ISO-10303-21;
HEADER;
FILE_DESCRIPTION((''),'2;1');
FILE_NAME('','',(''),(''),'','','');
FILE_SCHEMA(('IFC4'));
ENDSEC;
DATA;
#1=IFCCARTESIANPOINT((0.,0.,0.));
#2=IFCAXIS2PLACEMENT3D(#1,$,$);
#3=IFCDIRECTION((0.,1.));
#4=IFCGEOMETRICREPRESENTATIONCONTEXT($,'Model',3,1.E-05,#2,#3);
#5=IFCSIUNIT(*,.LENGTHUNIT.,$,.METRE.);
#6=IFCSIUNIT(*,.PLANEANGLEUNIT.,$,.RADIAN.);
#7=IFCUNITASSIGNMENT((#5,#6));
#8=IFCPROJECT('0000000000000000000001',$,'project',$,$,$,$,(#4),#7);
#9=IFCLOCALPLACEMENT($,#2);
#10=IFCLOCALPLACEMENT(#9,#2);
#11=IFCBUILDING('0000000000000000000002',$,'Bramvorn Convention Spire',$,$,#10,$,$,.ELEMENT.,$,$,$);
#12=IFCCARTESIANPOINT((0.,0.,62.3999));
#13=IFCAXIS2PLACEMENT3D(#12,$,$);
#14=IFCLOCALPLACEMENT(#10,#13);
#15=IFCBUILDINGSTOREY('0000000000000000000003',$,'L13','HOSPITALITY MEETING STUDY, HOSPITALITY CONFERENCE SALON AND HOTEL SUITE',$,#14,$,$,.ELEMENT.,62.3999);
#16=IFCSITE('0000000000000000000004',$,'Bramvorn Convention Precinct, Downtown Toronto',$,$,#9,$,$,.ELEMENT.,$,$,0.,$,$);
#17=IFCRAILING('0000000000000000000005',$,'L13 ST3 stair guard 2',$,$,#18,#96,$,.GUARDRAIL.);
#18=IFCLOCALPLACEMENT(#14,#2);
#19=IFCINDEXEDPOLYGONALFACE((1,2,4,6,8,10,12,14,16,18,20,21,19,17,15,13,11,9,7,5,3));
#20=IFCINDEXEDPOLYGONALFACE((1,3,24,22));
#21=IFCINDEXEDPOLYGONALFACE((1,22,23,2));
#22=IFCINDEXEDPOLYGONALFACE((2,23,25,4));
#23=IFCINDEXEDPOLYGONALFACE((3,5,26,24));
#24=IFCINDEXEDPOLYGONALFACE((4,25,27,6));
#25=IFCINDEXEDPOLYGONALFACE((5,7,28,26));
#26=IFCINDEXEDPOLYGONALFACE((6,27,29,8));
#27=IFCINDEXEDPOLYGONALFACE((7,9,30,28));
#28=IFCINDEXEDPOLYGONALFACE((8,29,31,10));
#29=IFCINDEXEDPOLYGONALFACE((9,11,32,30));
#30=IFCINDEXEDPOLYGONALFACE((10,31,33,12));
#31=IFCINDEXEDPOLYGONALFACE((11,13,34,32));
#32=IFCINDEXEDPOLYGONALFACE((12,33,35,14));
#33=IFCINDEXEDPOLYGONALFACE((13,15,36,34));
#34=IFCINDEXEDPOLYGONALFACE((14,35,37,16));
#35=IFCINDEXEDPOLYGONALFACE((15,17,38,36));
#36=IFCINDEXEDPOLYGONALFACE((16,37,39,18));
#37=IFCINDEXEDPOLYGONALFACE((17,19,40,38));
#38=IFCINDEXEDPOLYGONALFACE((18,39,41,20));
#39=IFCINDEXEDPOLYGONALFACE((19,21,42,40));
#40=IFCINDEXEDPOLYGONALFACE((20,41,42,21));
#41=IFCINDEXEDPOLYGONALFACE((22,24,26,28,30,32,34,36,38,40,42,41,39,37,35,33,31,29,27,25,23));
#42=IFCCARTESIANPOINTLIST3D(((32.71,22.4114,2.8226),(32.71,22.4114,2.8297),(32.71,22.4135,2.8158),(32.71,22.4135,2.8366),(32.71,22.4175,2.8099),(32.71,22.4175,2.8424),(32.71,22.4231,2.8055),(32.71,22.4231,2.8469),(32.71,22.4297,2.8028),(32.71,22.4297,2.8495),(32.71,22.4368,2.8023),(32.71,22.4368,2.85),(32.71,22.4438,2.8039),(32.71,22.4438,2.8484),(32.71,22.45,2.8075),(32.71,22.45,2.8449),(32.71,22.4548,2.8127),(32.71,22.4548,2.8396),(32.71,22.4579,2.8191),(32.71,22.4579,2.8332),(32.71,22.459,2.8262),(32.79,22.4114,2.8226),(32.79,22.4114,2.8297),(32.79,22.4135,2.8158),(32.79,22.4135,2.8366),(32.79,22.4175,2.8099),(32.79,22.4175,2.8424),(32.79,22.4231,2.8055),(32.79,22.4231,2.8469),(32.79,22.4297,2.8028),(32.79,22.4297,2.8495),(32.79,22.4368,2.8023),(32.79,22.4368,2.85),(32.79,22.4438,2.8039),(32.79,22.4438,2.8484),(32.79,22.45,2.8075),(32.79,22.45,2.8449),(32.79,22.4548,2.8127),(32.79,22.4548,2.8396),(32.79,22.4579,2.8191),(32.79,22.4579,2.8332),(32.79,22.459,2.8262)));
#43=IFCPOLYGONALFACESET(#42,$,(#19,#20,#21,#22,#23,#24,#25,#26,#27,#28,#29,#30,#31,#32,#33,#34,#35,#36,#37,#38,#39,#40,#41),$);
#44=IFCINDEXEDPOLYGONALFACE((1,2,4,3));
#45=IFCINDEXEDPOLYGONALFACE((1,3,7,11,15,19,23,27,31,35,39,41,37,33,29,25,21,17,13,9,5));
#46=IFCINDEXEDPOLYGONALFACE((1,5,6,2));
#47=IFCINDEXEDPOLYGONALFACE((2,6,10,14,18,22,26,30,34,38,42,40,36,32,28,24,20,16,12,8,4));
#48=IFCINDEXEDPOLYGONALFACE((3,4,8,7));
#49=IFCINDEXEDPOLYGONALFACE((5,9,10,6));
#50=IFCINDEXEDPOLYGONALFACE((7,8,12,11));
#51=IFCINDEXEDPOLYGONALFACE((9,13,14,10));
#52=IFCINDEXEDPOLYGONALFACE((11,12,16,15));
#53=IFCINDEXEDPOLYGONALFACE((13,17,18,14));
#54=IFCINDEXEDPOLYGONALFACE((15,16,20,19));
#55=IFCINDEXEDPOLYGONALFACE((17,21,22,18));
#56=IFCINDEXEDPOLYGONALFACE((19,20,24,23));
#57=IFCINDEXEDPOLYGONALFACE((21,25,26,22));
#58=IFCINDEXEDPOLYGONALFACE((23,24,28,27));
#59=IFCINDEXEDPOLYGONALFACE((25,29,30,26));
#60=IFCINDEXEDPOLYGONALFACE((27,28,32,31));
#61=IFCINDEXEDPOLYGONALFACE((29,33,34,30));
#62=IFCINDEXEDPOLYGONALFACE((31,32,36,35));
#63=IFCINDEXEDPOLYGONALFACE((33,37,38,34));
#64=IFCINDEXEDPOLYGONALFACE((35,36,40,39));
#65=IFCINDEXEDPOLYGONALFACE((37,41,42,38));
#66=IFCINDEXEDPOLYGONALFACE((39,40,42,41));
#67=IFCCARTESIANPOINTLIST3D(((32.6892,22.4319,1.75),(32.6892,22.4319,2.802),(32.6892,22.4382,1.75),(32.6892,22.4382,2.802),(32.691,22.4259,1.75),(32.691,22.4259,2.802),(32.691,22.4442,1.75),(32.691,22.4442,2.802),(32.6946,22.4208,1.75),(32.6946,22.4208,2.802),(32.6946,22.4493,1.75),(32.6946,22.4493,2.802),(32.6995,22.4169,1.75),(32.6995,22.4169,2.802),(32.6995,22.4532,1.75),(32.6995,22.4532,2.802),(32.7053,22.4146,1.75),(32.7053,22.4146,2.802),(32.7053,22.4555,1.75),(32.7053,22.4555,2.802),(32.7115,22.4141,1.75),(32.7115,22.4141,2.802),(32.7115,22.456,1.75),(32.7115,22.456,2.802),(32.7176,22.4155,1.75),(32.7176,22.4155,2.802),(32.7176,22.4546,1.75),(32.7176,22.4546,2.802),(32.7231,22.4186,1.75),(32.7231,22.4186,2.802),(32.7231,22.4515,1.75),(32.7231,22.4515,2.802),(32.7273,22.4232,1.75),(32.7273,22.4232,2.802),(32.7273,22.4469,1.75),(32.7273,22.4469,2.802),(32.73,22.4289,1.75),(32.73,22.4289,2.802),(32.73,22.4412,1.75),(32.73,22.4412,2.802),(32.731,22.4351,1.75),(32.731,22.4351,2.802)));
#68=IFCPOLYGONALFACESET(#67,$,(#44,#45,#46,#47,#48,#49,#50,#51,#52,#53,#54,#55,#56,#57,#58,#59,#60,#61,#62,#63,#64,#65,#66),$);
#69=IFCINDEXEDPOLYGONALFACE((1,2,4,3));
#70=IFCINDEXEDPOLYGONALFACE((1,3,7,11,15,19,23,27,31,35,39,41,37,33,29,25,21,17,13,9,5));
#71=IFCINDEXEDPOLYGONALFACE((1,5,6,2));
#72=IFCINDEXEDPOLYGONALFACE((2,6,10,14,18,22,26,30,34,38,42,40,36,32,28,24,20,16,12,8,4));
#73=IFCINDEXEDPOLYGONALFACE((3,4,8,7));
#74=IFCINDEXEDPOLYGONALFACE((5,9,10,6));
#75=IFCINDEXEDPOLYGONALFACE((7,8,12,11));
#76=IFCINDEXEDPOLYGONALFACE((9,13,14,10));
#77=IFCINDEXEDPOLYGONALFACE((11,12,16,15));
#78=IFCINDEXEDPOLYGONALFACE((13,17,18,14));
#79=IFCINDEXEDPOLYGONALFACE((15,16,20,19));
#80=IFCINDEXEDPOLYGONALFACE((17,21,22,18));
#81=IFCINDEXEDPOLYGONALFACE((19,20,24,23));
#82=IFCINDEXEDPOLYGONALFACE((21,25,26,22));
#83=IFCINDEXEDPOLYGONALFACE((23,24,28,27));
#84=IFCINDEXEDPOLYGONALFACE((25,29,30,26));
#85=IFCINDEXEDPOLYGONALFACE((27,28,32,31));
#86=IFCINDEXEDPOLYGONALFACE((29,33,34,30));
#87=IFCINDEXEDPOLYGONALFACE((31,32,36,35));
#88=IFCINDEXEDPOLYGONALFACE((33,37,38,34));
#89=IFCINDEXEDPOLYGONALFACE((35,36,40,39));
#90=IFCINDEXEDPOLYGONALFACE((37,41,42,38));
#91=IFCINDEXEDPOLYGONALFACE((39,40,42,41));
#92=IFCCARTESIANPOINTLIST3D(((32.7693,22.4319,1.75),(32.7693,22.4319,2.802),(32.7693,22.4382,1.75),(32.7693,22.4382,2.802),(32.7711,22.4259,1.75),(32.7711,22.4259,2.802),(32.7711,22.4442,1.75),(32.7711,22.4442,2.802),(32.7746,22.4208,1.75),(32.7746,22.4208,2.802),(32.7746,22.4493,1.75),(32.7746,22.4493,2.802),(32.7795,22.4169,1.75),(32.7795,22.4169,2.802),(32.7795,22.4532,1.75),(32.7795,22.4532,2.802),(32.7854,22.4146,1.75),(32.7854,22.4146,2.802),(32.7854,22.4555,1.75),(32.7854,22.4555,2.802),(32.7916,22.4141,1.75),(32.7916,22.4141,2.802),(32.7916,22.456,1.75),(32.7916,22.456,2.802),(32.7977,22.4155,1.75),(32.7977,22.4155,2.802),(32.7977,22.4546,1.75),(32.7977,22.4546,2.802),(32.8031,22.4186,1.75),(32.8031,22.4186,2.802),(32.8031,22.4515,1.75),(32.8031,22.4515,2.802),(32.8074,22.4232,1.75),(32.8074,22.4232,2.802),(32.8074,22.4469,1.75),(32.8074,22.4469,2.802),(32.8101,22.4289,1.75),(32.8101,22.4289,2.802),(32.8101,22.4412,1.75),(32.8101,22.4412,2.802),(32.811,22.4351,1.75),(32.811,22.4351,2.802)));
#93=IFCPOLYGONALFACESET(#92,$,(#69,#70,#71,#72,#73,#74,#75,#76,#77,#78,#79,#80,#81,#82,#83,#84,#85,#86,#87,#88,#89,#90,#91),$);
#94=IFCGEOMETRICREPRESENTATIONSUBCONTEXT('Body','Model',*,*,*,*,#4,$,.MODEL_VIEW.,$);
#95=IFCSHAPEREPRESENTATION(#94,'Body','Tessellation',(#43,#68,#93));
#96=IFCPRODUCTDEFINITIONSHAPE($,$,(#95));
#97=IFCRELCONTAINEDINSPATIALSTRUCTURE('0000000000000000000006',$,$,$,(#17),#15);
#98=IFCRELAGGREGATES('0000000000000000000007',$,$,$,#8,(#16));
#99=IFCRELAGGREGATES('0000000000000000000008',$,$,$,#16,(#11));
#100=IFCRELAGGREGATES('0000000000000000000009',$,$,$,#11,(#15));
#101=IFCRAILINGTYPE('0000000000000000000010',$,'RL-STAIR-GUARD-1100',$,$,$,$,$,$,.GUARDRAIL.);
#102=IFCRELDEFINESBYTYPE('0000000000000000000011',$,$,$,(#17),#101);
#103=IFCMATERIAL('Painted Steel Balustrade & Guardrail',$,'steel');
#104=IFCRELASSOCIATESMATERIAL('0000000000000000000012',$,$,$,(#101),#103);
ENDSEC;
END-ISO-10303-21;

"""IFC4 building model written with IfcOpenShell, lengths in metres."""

from ifc_helpers import new_model, si_unit, direction, frame, origin, origin_2d, place, context, subcontext, project, spatial, circle, extrude, material, type_object, element, save


model = new_model("IFC4")

# Units and contexts
model_context = context("Model", 3, precision=1e-05, world=origin(), true_north=direction((0.0, 1.0)))
body_context = subcontext(model_context, "Body", "Model", "MODEL_VIEW")
ifc_project = project(units=[si_unit("LENGTHUNIT", "METRE"), si_unit("PLANEANGLEUNIT", "RADIAN")], contexts=[model_context])

# Site, building, storey
site_placement = place(None, origin())
site = spatial("IfcSite", under=ifc_project, at=site_placement, Name="Bramvorn Convention Precinct, Downtown Toronto", CompositionType="ELEMENT", RefElevation=0.0)
building_placement = place(site_placement, origin())
building = spatial("IfcBuilding", under=site, at=building_placement, Name="Bramvorn Convention Spire", CompositionType="ELEMENT")
storey_placement = place(building_placement, frame((0.0, 0.0, 62.3999)))
storey = spatial("IfcBuildingStorey", under=building, at=storey_placement, Name="L13", Description="HOSPITALITY MEETING STUDY, HOSPITALITY CONFERENCE SALON AND HOTEL SUITE", CompositionType="ELEMENT", Elevation=62.3999)

# Railing
ifc_material_1 = material(Name="Painted Steel Balustrade & Guardrail", Category="steel")
railing_type_1 = type_object("IfcRailingType", Name="RL-STAIR-GUARD-1100", PredefinedType="GUARDRAIL", material=ifc_material_1)
railing_1_placement = place(storey_placement, frame((32.71, 22.4351, 1.75)))
element("IfcRailing", 1, at=railing_1_placement, inside=storey, type_object=railing_type_1, Name="L13 ST3 stair guard 2", PredefinedType="GUARDRAIL", context=body_context, shape_type="SweptSolid", body=[
    extrude(circle(Radius=0.0239, at=origin_2d()), frame((0.0, 0.0, 1.0762), z_axis=(1.0, 0.0, 0.0), x_axis=(0.0, 1.0, 0.0)), (0.0, 0.0, 1.0), 0.0801),
    extrude(circle(Radius=0.021, at=origin_2d()), origin(), (0.0, 0.0, 1.0), 1.052),
    extrude(circle(Radius=0.021, at=origin_2d()), frame((0.0801, 0.0, 0.0)), (0.0, 0.0, 1.0), 1.052),
])

save(model, "model.ifc")
